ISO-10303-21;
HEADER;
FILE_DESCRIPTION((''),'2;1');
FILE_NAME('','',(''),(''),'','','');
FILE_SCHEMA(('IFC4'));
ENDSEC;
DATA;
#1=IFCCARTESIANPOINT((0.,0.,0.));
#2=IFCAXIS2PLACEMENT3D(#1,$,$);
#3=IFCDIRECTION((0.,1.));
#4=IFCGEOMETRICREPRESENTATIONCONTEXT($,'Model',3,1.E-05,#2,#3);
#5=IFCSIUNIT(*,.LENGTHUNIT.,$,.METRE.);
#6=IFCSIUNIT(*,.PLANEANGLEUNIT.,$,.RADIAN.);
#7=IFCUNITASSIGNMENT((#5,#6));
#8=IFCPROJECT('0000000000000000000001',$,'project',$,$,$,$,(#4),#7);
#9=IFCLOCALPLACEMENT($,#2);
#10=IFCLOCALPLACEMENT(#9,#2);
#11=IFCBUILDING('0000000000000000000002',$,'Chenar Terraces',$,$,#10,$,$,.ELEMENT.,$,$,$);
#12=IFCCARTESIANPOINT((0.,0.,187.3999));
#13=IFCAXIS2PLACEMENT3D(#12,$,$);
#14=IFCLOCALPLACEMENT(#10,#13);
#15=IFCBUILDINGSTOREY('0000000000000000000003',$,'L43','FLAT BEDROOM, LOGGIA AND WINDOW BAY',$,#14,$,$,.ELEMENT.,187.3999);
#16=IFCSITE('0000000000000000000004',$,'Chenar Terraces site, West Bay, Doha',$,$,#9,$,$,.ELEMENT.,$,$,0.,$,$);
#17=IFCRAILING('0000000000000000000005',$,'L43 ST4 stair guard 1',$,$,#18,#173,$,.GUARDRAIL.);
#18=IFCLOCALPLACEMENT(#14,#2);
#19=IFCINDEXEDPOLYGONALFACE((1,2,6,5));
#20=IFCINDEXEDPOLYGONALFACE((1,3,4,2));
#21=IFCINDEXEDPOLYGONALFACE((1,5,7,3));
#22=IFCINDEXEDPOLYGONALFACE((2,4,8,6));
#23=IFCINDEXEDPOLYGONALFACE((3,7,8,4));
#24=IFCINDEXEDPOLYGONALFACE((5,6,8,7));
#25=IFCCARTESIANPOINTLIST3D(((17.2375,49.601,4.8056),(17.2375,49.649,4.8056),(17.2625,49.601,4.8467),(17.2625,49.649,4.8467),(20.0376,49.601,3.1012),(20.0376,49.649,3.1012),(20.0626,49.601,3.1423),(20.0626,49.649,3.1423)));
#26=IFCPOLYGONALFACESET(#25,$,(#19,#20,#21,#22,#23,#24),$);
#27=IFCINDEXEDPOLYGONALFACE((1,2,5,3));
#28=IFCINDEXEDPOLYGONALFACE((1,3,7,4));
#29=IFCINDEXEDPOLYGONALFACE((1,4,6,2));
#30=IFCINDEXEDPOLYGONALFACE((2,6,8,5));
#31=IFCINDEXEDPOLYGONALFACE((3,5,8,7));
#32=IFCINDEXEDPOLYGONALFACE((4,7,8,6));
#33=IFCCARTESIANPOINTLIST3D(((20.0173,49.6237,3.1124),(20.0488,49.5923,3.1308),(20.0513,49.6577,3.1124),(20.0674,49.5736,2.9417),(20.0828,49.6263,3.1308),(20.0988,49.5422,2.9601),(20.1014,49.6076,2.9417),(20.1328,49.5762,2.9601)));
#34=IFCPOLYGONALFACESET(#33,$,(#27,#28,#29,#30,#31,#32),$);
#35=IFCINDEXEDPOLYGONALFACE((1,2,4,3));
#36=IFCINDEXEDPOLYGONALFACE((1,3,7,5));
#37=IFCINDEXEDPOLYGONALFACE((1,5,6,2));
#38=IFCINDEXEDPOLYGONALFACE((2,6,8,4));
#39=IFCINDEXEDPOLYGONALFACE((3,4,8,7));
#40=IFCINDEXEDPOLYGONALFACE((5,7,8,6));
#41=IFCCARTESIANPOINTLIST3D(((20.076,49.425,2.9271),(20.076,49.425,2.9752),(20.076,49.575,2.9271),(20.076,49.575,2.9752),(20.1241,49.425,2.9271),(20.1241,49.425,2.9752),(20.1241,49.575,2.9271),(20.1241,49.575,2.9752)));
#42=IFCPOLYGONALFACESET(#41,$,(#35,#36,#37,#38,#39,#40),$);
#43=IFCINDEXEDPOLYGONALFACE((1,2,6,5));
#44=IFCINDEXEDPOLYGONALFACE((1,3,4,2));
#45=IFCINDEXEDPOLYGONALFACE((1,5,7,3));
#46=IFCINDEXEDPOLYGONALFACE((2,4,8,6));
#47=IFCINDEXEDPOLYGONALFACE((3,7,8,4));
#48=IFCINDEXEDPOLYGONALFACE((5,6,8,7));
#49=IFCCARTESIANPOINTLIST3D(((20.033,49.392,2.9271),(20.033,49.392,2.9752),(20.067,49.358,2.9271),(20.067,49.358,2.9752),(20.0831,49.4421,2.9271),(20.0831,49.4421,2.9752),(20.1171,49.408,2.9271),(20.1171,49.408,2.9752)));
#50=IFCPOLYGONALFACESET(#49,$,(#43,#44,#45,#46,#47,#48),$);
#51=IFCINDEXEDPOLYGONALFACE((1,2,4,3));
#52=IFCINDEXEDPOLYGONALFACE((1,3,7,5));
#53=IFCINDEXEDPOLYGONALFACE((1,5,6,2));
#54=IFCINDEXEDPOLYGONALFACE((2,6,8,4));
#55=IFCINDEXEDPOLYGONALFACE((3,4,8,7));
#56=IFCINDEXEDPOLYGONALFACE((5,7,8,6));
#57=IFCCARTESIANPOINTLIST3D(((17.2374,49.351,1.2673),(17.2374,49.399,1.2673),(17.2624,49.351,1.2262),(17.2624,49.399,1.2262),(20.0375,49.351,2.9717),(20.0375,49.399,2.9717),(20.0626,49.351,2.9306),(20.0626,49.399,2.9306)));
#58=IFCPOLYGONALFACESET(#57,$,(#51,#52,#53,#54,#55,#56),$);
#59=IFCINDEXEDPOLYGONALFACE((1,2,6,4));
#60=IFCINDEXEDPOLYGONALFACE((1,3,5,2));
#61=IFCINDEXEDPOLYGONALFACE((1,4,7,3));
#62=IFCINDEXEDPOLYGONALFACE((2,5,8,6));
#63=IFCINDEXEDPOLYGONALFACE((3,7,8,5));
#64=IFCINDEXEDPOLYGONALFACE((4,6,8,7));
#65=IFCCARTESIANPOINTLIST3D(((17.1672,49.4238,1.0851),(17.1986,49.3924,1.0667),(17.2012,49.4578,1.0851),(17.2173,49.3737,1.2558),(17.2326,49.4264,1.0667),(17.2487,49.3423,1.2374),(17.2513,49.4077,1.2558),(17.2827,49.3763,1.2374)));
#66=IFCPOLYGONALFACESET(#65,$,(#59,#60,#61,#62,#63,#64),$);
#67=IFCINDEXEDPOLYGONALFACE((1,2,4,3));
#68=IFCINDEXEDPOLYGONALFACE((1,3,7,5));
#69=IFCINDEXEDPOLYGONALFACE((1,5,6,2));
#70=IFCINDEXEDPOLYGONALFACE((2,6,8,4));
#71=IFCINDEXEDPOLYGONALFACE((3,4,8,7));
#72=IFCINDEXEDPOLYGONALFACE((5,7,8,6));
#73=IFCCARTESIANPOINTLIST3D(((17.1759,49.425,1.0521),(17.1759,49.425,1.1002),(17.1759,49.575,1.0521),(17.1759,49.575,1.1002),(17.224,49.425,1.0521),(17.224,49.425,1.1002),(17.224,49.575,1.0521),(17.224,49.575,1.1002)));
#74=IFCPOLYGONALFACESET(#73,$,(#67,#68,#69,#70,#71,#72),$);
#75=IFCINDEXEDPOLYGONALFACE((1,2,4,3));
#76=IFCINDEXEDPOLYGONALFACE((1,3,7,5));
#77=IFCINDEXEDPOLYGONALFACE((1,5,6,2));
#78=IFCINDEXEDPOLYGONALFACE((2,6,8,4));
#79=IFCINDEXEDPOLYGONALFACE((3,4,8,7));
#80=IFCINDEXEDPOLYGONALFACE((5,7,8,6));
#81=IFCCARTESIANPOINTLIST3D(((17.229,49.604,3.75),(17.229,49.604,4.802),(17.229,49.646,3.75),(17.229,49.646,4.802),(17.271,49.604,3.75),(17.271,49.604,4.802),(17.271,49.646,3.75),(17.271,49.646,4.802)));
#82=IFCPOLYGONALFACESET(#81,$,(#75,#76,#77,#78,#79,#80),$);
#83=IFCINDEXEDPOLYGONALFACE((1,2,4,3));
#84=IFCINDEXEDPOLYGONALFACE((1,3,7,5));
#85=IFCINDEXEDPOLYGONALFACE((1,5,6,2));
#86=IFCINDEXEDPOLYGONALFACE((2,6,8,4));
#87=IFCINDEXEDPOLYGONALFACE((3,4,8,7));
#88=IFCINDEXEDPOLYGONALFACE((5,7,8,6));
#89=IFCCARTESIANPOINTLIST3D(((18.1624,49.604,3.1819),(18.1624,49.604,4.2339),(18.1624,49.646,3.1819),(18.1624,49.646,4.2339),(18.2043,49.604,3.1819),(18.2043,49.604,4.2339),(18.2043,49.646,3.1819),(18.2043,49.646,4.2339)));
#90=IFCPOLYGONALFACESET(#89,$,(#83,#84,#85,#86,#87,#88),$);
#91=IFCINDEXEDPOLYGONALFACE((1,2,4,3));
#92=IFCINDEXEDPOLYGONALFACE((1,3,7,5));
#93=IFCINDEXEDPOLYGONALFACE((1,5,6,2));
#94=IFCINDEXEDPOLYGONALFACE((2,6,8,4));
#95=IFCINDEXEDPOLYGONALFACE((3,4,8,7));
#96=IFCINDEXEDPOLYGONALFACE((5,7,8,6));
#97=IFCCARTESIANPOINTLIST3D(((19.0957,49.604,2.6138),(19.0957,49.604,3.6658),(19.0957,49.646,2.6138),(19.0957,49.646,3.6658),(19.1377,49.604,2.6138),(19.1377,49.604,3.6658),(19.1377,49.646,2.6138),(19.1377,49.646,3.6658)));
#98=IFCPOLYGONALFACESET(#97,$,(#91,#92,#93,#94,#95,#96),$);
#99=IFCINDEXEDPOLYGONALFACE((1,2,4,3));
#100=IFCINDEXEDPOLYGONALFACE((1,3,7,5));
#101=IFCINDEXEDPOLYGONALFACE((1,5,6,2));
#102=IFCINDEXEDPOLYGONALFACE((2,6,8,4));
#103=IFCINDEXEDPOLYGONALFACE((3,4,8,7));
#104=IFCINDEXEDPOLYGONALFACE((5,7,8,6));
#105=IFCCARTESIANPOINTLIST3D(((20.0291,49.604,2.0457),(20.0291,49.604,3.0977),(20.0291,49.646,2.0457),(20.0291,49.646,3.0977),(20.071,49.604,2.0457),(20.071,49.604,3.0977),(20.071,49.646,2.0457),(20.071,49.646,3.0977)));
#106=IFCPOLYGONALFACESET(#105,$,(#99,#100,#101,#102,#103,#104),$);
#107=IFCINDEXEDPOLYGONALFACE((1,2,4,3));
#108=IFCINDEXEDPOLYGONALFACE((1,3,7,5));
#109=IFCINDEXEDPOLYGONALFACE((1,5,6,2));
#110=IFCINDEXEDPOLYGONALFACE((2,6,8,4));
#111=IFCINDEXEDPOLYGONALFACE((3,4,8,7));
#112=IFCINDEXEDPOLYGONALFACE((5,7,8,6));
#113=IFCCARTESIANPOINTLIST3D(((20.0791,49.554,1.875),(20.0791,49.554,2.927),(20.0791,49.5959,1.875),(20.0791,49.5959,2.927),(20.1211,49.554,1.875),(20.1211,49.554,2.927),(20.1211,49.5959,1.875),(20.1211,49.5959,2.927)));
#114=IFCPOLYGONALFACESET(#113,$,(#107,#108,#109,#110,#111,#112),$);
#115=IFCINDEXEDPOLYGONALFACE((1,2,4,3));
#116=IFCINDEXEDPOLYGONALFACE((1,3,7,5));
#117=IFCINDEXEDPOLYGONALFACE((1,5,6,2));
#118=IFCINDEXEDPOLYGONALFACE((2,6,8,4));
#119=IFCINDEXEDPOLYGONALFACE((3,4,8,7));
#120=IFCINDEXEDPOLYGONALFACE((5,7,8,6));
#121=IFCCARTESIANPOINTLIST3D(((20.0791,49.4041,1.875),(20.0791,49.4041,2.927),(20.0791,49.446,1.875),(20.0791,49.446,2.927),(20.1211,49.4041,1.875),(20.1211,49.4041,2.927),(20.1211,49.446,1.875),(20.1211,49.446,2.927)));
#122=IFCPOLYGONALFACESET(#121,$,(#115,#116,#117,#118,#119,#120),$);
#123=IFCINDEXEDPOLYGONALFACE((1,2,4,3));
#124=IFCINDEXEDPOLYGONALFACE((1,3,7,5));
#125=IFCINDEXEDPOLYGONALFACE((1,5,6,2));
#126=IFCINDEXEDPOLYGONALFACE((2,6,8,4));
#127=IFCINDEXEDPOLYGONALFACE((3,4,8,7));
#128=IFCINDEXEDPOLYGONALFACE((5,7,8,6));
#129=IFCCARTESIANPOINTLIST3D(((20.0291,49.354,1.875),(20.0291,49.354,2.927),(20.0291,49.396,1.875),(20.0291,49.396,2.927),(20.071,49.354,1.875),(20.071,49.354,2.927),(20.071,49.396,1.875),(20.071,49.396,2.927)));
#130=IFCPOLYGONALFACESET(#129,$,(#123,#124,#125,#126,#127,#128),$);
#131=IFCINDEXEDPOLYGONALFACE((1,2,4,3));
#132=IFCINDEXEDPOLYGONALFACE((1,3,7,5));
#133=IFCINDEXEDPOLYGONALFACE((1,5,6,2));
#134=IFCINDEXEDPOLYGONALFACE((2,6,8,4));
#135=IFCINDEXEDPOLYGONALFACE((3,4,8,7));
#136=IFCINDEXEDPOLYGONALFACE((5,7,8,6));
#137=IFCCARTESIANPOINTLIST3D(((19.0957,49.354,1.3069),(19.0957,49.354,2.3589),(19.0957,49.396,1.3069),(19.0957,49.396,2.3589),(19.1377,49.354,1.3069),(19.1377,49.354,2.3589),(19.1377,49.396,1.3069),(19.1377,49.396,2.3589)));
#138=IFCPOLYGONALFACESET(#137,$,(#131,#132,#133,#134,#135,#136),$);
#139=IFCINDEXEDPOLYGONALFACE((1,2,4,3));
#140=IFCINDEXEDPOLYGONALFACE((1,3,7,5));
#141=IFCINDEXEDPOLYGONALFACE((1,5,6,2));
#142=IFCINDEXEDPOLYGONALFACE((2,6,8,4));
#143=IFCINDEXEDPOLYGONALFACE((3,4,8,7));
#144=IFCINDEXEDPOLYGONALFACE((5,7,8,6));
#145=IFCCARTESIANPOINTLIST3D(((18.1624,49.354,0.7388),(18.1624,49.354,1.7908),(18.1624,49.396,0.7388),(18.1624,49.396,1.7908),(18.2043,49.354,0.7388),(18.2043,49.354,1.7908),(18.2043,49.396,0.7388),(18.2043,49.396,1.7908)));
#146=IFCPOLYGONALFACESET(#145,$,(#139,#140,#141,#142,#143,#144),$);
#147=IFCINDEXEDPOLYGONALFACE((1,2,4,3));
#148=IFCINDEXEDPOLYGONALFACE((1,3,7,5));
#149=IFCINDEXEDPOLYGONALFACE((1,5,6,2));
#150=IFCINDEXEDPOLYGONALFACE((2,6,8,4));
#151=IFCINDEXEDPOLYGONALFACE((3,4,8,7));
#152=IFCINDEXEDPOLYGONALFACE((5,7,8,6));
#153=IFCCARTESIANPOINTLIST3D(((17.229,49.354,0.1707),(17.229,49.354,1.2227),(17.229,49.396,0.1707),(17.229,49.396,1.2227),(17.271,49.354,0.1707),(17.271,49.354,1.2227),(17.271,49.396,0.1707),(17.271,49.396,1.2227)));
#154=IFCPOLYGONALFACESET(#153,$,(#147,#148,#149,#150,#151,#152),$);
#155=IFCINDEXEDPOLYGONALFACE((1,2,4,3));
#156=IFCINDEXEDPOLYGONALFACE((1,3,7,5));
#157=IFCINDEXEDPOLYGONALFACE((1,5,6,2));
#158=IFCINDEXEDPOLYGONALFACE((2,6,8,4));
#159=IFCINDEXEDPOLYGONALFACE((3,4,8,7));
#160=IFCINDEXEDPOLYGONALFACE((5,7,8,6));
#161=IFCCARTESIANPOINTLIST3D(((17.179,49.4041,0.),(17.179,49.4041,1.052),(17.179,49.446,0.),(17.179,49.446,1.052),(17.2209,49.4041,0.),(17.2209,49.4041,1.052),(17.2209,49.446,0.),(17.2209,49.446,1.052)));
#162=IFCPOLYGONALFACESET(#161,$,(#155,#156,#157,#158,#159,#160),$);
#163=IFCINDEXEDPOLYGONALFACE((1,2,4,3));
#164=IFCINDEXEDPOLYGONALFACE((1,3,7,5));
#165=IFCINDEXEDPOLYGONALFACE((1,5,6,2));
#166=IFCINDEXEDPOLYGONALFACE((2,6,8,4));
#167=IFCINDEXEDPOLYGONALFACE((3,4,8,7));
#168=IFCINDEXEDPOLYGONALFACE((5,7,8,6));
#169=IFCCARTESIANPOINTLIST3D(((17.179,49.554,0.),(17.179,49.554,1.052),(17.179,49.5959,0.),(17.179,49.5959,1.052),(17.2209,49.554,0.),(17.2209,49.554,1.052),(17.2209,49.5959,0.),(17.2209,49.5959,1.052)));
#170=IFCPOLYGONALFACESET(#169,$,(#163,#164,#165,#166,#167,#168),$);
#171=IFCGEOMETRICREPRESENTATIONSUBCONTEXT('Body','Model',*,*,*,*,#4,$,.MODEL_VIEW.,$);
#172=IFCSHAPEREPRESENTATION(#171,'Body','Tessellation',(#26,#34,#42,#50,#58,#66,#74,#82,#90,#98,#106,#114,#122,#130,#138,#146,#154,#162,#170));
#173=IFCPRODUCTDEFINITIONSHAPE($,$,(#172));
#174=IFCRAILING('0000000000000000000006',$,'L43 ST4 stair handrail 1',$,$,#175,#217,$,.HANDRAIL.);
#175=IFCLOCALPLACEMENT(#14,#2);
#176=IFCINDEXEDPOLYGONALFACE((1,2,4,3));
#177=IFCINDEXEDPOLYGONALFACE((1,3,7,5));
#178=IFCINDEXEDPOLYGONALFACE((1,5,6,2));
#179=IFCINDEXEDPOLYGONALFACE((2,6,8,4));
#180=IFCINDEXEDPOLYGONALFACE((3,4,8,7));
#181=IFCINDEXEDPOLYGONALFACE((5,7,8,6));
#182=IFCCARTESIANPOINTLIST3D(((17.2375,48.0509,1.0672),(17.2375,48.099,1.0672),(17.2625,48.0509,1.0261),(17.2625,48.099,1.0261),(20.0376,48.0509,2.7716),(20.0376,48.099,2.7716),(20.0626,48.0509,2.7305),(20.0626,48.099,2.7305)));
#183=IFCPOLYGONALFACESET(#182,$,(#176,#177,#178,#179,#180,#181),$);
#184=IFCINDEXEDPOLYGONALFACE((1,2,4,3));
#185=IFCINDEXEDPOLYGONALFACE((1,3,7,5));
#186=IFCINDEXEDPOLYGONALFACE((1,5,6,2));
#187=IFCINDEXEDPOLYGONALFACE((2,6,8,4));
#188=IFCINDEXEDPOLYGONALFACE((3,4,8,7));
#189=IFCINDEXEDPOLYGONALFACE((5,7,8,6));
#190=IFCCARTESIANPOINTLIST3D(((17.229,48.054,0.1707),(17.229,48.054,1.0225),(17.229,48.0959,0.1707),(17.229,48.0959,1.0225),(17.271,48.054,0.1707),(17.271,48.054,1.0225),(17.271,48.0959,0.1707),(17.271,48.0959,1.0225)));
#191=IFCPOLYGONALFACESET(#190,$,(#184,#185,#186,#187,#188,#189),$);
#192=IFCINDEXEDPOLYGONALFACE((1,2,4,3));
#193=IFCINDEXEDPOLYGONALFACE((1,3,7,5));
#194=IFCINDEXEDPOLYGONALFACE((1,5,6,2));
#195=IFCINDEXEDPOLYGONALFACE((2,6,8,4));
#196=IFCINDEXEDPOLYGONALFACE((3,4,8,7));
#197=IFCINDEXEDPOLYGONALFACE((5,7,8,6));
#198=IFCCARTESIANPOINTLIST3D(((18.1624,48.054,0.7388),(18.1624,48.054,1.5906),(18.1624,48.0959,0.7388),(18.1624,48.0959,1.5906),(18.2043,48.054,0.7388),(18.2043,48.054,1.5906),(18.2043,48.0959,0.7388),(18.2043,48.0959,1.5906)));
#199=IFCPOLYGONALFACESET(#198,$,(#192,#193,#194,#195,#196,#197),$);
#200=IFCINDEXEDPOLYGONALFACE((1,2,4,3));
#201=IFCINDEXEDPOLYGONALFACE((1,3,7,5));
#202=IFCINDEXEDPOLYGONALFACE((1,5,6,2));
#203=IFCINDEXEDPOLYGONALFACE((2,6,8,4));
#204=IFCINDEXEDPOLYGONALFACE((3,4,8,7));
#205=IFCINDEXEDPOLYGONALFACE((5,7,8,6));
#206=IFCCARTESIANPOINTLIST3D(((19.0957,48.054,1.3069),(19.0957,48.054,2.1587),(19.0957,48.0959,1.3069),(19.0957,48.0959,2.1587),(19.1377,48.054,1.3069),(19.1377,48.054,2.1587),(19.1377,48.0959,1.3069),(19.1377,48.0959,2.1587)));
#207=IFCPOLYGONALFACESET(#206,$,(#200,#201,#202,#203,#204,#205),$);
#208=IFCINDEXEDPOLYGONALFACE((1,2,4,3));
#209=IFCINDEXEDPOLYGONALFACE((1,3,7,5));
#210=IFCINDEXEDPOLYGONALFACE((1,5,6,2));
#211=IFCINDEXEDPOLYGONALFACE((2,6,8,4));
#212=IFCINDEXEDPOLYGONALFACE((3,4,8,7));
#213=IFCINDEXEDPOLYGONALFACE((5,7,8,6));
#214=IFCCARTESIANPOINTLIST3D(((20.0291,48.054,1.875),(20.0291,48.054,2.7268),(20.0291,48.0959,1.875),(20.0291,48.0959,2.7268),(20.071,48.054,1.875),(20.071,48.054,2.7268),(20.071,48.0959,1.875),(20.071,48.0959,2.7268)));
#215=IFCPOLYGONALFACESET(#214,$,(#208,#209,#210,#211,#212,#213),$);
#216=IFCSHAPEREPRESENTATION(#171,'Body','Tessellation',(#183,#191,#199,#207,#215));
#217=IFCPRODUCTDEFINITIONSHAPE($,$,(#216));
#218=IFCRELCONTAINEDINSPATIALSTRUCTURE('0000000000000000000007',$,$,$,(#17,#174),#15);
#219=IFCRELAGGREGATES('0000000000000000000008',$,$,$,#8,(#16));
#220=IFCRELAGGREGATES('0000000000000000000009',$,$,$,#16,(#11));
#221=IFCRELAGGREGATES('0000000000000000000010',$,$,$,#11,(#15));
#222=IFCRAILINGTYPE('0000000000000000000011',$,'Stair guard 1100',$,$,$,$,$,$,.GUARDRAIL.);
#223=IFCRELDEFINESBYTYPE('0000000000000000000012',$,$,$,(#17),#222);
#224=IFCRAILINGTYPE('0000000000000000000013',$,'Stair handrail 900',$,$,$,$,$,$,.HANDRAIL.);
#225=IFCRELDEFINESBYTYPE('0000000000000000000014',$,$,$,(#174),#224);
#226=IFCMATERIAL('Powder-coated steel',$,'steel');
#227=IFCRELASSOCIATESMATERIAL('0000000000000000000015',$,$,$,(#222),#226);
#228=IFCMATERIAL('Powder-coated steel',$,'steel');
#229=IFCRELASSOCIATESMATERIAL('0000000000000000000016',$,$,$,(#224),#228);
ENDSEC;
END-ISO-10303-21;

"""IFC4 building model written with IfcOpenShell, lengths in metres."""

from ifc_helpers import new_model, si_unit, direction, frame, origin, origin_2d, place, context, subcontext, project, spatial, rectangle, extrude, material, type_object, element, save


model = new_model("IFC4")

# Units and contexts
model_context = context("Model", 3, precision=1e-05, world=origin(), true_north=direction((0.0, 1.0)))
body_context = subcontext(model_context, "Body", "Model", "MODEL_VIEW")
ifc_project = project(units=[si_unit("LENGTHUNIT", "METRE"), si_unit("PLANEANGLEUNIT", "RADIAN")], contexts=[model_context])

# Site, building, storey
site_placement = place(None, origin())
site = spatial("IfcSite", under=ifc_project, at=site_placement, Name="Chenar Terraces site, West Bay, Doha", CompositionType="ELEMENT", RefElevation=0.0)
building_placement = place(site_placement, origin())
building = spatial("IfcBuilding", under=site, at=building_placement, Name="Chenar Terraces", CompositionType="ELEMENT")
storey_placement = place(building_placement, frame((0.0, 0.0, 187.3999)))
storey = spatial("IfcBuildingStorey", under=building, at=storey_placement, Name="L43", Description="FLAT BEDROOM, LOGGIA AND WINDOW BAY", CompositionType="ELEMENT", Elevation=187.3999)

# Railings
ifc_material_1 = material(Name="Powder-coated steel", Category="steel")
railing_type_1 = type_object("IfcRailingType", Name="Stair guard 1100", PredefinedType="GUARDRAIL", material=ifc_material_1)
railing_1_placement = place(storey_placement, frame((17.25, 49.625, 3.75)))
element("IfcRailing", 1, at=railing_1_placement, inside=storey, type_object=railing_type_1, Name="L43 ST4 stair guard 1", PredefinedType="GUARDRAIL", context=body_context, shape_type="SweptSolid", body=[
    extrude(rectangle(XDim=0.0481, YDim=0.0481, at=origin_2d()), frame((0.0, 0.0, 1.0762), z_axis=(0.854203, 0.0, -0.51994), x_axis=(0.0, 1.0, 0.0)), (0.0, 0.0, 1.0), 3.2781),
    extrude(rectangle(XDim=0.0481, YDim=0.0481, at=origin_2d()), frame((2.8, 0.0, -0.6284), z_axis=(0.2709, -0.2709, -0.923703), x_axis=(0.707107, 0.707107, 0.0)), (0.0, 0.0, 1.0), 0.1848),
    extrude(rectangle(XDim=0.0481, YDim=0.0481, at=origin_2d()), frame((2.8501, -0.05, -0.7988), z_axis=(0.0, -1.0, 0.0), x_axis=(1.0, 0.0, 0.0)), (0.0, 0.0, 1.0), 0.1499),
    extrude(rectangle(XDim=0.0481, YDim=0.0481, at=origin_2d()), frame((2.8501, -0.2, -0.7988), z_axis=(-0.707107, -0.707107, 0.0), x_axis=(0.707107, -0.707107, 0.0)), (0.0, 0.0, 1.0), 0.0708),
    extrude(rectangle(XDim=0.0481, YDim=0.0481, at=origin_2d()), frame((2.8, -0.25, -0.7988), z_axis=(-0.854203, 0.0, -0.51994), x_axis=(0.0, -1.0, 0.0)), (0.0, 0.0, 1.0), 3.2781),
    extrude(rectangle(XDim=0.0481, YDim=0.0481, at=origin_2d()), frame((0.0, -0.25, -2.5034), z_axis=(-0.2709, 0.2709, -0.923703), x_axis=(-0.707107, -0.707107, 0.0)), (0.0, 0.0, 1.0), 0.1848),
    extrude(rectangle(XDim=0.0481, YDim=0.0481, at=origin_2d()), frame((-0.05, -0.2, -2.6738), z_axis=(0.0, 1.0, 0.0), x_axis=(-1.0, 0.0, 0.0)), (0.0, 0.0, 1.0), 0.1499),
    extrude(rectangle(XDim=0.042, YDim=0.042, at=origin_2d()), origin(), (0.0, 0.0, 1.0), 1.052),
    extrude(rectangle(XDim=0.042, YDim=0.042, at=origin_2d()), frame((0.9333, 0.0, -0.5681)), (0.0, 0.0, 1.0), 1.052),
    extrude(rectangle(XDim=0.042, YDim=0.042, at=origin_2d()), frame((1.8667, 0.0, -1.1362)), (0.0, 0.0, 1.0), 1.052),
    extrude(rectangle(XDim=0.042, YDim=0.042, at=origin_2d()), frame((2.8, 0.0, -1.7043)), (0.0, 0.0, 1.0), 1.052),
    extrude(rectangle(XDim=0.042, YDim=0.042, at=origin_2d()), frame((2.8501, -0.05, -1.875)), (0.0, 0.0, 1.0), 1.052),
    extrude(rectangle(XDim=0.042, YDim=0.042, at=origin_2d()), frame((2.8501, -0.2, -1.875)), (0.0, 0.0, 1.0), 1.052),
    extrude(rectangle(XDim=0.042, YDim=0.042, at=origin_2d()), frame((2.8, -0.25, -1.875)), (0.0, 0.0, 1.0), 1.052),
    extrude(rectangle(XDim=0.042, YDim=0.042, at=origin_2d()), frame((1.8667, -0.25, -2.4431)), (0.0, 0.0, 1.0), 1.052),
    extrude(rectangle(XDim=0.042, YDim=0.042, at=origin_2d()), frame((0.9333, -0.25, -3.0112)), (0.0, 0.0, 1.0), 1.052),
    extrude(rectangle(XDim=0.042, YDim=0.042, at=origin_2d()), frame((0.0, -0.25, -3.5793)), (0.0, 0.0, 1.0), 1.052),
    extrude(rectangle(XDim=0.042, YDim=0.042, at=origin_2d()), frame((-0.05, -0.2, -3.75)), (0.0, 0.0, 1.0), 1.052),
    extrude(rectangle(XDim=0.042, YDim=0.042, at=origin_2d()), frame((-0.05, -0.05, -3.75)), (0.0, 0.0, 1.0), 1.052),
])
ifc_material_2 = material(Name="Powder-coated steel", Category="steel")
railing_type_2 = type_object("IfcRailingType", Name="Stair handrail 900", PredefinedType="HANDRAIL", material=ifc_material_2)
railing_2_placement = place(storey_placement, frame((17.25, 48.075, 0.1707)))
element("IfcRailing", 2, at=railing_2_placement, inside=storey, type_object=railing_type_2, Name="L43 ST4 stair handrail 1", PredefinedType="HANDRAIL", context=body_context, shape_type="SweptSolid", body=[
    extrude(rectangle(XDim=0.0481, YDim=0.0481, at=origin_2d()), frame((0.0, 0.0, 0.876), z_axis=(0.854203, 0.0, 0.51994), x_axis=(0.0, 1.0, 0.0)), (0.0, 0.0, 1.0), 3.2781),
    extrude(rectangle(XDim=0.042, YDim=0.042, at=origin_2d()), origin(), (0.0, 0.0, 1.0), 0.8518),
    extrude(rectangle(XDim=0.042, YDim=0.042, at=origin_2d()), frame((0.9333, 0.0, 0.5681)), (0.0, 0.0, 1.0), 0.8518),
    extrude(rectangle(XDim=0.042, YDim=0.042, at=origin_2d()), frame((1.8667, 0.0, 1.1362)), (0.0, 0.0, 1.0), 0.8518),
    extrude(rectangle(XDim=0.042, YDim=0.042, at=origin_2d()), frame((2.8, 0.0, 1.7043)), (0.0, 0.0, 1.0), 0.8518),
])

save(model, "model.ifc")
